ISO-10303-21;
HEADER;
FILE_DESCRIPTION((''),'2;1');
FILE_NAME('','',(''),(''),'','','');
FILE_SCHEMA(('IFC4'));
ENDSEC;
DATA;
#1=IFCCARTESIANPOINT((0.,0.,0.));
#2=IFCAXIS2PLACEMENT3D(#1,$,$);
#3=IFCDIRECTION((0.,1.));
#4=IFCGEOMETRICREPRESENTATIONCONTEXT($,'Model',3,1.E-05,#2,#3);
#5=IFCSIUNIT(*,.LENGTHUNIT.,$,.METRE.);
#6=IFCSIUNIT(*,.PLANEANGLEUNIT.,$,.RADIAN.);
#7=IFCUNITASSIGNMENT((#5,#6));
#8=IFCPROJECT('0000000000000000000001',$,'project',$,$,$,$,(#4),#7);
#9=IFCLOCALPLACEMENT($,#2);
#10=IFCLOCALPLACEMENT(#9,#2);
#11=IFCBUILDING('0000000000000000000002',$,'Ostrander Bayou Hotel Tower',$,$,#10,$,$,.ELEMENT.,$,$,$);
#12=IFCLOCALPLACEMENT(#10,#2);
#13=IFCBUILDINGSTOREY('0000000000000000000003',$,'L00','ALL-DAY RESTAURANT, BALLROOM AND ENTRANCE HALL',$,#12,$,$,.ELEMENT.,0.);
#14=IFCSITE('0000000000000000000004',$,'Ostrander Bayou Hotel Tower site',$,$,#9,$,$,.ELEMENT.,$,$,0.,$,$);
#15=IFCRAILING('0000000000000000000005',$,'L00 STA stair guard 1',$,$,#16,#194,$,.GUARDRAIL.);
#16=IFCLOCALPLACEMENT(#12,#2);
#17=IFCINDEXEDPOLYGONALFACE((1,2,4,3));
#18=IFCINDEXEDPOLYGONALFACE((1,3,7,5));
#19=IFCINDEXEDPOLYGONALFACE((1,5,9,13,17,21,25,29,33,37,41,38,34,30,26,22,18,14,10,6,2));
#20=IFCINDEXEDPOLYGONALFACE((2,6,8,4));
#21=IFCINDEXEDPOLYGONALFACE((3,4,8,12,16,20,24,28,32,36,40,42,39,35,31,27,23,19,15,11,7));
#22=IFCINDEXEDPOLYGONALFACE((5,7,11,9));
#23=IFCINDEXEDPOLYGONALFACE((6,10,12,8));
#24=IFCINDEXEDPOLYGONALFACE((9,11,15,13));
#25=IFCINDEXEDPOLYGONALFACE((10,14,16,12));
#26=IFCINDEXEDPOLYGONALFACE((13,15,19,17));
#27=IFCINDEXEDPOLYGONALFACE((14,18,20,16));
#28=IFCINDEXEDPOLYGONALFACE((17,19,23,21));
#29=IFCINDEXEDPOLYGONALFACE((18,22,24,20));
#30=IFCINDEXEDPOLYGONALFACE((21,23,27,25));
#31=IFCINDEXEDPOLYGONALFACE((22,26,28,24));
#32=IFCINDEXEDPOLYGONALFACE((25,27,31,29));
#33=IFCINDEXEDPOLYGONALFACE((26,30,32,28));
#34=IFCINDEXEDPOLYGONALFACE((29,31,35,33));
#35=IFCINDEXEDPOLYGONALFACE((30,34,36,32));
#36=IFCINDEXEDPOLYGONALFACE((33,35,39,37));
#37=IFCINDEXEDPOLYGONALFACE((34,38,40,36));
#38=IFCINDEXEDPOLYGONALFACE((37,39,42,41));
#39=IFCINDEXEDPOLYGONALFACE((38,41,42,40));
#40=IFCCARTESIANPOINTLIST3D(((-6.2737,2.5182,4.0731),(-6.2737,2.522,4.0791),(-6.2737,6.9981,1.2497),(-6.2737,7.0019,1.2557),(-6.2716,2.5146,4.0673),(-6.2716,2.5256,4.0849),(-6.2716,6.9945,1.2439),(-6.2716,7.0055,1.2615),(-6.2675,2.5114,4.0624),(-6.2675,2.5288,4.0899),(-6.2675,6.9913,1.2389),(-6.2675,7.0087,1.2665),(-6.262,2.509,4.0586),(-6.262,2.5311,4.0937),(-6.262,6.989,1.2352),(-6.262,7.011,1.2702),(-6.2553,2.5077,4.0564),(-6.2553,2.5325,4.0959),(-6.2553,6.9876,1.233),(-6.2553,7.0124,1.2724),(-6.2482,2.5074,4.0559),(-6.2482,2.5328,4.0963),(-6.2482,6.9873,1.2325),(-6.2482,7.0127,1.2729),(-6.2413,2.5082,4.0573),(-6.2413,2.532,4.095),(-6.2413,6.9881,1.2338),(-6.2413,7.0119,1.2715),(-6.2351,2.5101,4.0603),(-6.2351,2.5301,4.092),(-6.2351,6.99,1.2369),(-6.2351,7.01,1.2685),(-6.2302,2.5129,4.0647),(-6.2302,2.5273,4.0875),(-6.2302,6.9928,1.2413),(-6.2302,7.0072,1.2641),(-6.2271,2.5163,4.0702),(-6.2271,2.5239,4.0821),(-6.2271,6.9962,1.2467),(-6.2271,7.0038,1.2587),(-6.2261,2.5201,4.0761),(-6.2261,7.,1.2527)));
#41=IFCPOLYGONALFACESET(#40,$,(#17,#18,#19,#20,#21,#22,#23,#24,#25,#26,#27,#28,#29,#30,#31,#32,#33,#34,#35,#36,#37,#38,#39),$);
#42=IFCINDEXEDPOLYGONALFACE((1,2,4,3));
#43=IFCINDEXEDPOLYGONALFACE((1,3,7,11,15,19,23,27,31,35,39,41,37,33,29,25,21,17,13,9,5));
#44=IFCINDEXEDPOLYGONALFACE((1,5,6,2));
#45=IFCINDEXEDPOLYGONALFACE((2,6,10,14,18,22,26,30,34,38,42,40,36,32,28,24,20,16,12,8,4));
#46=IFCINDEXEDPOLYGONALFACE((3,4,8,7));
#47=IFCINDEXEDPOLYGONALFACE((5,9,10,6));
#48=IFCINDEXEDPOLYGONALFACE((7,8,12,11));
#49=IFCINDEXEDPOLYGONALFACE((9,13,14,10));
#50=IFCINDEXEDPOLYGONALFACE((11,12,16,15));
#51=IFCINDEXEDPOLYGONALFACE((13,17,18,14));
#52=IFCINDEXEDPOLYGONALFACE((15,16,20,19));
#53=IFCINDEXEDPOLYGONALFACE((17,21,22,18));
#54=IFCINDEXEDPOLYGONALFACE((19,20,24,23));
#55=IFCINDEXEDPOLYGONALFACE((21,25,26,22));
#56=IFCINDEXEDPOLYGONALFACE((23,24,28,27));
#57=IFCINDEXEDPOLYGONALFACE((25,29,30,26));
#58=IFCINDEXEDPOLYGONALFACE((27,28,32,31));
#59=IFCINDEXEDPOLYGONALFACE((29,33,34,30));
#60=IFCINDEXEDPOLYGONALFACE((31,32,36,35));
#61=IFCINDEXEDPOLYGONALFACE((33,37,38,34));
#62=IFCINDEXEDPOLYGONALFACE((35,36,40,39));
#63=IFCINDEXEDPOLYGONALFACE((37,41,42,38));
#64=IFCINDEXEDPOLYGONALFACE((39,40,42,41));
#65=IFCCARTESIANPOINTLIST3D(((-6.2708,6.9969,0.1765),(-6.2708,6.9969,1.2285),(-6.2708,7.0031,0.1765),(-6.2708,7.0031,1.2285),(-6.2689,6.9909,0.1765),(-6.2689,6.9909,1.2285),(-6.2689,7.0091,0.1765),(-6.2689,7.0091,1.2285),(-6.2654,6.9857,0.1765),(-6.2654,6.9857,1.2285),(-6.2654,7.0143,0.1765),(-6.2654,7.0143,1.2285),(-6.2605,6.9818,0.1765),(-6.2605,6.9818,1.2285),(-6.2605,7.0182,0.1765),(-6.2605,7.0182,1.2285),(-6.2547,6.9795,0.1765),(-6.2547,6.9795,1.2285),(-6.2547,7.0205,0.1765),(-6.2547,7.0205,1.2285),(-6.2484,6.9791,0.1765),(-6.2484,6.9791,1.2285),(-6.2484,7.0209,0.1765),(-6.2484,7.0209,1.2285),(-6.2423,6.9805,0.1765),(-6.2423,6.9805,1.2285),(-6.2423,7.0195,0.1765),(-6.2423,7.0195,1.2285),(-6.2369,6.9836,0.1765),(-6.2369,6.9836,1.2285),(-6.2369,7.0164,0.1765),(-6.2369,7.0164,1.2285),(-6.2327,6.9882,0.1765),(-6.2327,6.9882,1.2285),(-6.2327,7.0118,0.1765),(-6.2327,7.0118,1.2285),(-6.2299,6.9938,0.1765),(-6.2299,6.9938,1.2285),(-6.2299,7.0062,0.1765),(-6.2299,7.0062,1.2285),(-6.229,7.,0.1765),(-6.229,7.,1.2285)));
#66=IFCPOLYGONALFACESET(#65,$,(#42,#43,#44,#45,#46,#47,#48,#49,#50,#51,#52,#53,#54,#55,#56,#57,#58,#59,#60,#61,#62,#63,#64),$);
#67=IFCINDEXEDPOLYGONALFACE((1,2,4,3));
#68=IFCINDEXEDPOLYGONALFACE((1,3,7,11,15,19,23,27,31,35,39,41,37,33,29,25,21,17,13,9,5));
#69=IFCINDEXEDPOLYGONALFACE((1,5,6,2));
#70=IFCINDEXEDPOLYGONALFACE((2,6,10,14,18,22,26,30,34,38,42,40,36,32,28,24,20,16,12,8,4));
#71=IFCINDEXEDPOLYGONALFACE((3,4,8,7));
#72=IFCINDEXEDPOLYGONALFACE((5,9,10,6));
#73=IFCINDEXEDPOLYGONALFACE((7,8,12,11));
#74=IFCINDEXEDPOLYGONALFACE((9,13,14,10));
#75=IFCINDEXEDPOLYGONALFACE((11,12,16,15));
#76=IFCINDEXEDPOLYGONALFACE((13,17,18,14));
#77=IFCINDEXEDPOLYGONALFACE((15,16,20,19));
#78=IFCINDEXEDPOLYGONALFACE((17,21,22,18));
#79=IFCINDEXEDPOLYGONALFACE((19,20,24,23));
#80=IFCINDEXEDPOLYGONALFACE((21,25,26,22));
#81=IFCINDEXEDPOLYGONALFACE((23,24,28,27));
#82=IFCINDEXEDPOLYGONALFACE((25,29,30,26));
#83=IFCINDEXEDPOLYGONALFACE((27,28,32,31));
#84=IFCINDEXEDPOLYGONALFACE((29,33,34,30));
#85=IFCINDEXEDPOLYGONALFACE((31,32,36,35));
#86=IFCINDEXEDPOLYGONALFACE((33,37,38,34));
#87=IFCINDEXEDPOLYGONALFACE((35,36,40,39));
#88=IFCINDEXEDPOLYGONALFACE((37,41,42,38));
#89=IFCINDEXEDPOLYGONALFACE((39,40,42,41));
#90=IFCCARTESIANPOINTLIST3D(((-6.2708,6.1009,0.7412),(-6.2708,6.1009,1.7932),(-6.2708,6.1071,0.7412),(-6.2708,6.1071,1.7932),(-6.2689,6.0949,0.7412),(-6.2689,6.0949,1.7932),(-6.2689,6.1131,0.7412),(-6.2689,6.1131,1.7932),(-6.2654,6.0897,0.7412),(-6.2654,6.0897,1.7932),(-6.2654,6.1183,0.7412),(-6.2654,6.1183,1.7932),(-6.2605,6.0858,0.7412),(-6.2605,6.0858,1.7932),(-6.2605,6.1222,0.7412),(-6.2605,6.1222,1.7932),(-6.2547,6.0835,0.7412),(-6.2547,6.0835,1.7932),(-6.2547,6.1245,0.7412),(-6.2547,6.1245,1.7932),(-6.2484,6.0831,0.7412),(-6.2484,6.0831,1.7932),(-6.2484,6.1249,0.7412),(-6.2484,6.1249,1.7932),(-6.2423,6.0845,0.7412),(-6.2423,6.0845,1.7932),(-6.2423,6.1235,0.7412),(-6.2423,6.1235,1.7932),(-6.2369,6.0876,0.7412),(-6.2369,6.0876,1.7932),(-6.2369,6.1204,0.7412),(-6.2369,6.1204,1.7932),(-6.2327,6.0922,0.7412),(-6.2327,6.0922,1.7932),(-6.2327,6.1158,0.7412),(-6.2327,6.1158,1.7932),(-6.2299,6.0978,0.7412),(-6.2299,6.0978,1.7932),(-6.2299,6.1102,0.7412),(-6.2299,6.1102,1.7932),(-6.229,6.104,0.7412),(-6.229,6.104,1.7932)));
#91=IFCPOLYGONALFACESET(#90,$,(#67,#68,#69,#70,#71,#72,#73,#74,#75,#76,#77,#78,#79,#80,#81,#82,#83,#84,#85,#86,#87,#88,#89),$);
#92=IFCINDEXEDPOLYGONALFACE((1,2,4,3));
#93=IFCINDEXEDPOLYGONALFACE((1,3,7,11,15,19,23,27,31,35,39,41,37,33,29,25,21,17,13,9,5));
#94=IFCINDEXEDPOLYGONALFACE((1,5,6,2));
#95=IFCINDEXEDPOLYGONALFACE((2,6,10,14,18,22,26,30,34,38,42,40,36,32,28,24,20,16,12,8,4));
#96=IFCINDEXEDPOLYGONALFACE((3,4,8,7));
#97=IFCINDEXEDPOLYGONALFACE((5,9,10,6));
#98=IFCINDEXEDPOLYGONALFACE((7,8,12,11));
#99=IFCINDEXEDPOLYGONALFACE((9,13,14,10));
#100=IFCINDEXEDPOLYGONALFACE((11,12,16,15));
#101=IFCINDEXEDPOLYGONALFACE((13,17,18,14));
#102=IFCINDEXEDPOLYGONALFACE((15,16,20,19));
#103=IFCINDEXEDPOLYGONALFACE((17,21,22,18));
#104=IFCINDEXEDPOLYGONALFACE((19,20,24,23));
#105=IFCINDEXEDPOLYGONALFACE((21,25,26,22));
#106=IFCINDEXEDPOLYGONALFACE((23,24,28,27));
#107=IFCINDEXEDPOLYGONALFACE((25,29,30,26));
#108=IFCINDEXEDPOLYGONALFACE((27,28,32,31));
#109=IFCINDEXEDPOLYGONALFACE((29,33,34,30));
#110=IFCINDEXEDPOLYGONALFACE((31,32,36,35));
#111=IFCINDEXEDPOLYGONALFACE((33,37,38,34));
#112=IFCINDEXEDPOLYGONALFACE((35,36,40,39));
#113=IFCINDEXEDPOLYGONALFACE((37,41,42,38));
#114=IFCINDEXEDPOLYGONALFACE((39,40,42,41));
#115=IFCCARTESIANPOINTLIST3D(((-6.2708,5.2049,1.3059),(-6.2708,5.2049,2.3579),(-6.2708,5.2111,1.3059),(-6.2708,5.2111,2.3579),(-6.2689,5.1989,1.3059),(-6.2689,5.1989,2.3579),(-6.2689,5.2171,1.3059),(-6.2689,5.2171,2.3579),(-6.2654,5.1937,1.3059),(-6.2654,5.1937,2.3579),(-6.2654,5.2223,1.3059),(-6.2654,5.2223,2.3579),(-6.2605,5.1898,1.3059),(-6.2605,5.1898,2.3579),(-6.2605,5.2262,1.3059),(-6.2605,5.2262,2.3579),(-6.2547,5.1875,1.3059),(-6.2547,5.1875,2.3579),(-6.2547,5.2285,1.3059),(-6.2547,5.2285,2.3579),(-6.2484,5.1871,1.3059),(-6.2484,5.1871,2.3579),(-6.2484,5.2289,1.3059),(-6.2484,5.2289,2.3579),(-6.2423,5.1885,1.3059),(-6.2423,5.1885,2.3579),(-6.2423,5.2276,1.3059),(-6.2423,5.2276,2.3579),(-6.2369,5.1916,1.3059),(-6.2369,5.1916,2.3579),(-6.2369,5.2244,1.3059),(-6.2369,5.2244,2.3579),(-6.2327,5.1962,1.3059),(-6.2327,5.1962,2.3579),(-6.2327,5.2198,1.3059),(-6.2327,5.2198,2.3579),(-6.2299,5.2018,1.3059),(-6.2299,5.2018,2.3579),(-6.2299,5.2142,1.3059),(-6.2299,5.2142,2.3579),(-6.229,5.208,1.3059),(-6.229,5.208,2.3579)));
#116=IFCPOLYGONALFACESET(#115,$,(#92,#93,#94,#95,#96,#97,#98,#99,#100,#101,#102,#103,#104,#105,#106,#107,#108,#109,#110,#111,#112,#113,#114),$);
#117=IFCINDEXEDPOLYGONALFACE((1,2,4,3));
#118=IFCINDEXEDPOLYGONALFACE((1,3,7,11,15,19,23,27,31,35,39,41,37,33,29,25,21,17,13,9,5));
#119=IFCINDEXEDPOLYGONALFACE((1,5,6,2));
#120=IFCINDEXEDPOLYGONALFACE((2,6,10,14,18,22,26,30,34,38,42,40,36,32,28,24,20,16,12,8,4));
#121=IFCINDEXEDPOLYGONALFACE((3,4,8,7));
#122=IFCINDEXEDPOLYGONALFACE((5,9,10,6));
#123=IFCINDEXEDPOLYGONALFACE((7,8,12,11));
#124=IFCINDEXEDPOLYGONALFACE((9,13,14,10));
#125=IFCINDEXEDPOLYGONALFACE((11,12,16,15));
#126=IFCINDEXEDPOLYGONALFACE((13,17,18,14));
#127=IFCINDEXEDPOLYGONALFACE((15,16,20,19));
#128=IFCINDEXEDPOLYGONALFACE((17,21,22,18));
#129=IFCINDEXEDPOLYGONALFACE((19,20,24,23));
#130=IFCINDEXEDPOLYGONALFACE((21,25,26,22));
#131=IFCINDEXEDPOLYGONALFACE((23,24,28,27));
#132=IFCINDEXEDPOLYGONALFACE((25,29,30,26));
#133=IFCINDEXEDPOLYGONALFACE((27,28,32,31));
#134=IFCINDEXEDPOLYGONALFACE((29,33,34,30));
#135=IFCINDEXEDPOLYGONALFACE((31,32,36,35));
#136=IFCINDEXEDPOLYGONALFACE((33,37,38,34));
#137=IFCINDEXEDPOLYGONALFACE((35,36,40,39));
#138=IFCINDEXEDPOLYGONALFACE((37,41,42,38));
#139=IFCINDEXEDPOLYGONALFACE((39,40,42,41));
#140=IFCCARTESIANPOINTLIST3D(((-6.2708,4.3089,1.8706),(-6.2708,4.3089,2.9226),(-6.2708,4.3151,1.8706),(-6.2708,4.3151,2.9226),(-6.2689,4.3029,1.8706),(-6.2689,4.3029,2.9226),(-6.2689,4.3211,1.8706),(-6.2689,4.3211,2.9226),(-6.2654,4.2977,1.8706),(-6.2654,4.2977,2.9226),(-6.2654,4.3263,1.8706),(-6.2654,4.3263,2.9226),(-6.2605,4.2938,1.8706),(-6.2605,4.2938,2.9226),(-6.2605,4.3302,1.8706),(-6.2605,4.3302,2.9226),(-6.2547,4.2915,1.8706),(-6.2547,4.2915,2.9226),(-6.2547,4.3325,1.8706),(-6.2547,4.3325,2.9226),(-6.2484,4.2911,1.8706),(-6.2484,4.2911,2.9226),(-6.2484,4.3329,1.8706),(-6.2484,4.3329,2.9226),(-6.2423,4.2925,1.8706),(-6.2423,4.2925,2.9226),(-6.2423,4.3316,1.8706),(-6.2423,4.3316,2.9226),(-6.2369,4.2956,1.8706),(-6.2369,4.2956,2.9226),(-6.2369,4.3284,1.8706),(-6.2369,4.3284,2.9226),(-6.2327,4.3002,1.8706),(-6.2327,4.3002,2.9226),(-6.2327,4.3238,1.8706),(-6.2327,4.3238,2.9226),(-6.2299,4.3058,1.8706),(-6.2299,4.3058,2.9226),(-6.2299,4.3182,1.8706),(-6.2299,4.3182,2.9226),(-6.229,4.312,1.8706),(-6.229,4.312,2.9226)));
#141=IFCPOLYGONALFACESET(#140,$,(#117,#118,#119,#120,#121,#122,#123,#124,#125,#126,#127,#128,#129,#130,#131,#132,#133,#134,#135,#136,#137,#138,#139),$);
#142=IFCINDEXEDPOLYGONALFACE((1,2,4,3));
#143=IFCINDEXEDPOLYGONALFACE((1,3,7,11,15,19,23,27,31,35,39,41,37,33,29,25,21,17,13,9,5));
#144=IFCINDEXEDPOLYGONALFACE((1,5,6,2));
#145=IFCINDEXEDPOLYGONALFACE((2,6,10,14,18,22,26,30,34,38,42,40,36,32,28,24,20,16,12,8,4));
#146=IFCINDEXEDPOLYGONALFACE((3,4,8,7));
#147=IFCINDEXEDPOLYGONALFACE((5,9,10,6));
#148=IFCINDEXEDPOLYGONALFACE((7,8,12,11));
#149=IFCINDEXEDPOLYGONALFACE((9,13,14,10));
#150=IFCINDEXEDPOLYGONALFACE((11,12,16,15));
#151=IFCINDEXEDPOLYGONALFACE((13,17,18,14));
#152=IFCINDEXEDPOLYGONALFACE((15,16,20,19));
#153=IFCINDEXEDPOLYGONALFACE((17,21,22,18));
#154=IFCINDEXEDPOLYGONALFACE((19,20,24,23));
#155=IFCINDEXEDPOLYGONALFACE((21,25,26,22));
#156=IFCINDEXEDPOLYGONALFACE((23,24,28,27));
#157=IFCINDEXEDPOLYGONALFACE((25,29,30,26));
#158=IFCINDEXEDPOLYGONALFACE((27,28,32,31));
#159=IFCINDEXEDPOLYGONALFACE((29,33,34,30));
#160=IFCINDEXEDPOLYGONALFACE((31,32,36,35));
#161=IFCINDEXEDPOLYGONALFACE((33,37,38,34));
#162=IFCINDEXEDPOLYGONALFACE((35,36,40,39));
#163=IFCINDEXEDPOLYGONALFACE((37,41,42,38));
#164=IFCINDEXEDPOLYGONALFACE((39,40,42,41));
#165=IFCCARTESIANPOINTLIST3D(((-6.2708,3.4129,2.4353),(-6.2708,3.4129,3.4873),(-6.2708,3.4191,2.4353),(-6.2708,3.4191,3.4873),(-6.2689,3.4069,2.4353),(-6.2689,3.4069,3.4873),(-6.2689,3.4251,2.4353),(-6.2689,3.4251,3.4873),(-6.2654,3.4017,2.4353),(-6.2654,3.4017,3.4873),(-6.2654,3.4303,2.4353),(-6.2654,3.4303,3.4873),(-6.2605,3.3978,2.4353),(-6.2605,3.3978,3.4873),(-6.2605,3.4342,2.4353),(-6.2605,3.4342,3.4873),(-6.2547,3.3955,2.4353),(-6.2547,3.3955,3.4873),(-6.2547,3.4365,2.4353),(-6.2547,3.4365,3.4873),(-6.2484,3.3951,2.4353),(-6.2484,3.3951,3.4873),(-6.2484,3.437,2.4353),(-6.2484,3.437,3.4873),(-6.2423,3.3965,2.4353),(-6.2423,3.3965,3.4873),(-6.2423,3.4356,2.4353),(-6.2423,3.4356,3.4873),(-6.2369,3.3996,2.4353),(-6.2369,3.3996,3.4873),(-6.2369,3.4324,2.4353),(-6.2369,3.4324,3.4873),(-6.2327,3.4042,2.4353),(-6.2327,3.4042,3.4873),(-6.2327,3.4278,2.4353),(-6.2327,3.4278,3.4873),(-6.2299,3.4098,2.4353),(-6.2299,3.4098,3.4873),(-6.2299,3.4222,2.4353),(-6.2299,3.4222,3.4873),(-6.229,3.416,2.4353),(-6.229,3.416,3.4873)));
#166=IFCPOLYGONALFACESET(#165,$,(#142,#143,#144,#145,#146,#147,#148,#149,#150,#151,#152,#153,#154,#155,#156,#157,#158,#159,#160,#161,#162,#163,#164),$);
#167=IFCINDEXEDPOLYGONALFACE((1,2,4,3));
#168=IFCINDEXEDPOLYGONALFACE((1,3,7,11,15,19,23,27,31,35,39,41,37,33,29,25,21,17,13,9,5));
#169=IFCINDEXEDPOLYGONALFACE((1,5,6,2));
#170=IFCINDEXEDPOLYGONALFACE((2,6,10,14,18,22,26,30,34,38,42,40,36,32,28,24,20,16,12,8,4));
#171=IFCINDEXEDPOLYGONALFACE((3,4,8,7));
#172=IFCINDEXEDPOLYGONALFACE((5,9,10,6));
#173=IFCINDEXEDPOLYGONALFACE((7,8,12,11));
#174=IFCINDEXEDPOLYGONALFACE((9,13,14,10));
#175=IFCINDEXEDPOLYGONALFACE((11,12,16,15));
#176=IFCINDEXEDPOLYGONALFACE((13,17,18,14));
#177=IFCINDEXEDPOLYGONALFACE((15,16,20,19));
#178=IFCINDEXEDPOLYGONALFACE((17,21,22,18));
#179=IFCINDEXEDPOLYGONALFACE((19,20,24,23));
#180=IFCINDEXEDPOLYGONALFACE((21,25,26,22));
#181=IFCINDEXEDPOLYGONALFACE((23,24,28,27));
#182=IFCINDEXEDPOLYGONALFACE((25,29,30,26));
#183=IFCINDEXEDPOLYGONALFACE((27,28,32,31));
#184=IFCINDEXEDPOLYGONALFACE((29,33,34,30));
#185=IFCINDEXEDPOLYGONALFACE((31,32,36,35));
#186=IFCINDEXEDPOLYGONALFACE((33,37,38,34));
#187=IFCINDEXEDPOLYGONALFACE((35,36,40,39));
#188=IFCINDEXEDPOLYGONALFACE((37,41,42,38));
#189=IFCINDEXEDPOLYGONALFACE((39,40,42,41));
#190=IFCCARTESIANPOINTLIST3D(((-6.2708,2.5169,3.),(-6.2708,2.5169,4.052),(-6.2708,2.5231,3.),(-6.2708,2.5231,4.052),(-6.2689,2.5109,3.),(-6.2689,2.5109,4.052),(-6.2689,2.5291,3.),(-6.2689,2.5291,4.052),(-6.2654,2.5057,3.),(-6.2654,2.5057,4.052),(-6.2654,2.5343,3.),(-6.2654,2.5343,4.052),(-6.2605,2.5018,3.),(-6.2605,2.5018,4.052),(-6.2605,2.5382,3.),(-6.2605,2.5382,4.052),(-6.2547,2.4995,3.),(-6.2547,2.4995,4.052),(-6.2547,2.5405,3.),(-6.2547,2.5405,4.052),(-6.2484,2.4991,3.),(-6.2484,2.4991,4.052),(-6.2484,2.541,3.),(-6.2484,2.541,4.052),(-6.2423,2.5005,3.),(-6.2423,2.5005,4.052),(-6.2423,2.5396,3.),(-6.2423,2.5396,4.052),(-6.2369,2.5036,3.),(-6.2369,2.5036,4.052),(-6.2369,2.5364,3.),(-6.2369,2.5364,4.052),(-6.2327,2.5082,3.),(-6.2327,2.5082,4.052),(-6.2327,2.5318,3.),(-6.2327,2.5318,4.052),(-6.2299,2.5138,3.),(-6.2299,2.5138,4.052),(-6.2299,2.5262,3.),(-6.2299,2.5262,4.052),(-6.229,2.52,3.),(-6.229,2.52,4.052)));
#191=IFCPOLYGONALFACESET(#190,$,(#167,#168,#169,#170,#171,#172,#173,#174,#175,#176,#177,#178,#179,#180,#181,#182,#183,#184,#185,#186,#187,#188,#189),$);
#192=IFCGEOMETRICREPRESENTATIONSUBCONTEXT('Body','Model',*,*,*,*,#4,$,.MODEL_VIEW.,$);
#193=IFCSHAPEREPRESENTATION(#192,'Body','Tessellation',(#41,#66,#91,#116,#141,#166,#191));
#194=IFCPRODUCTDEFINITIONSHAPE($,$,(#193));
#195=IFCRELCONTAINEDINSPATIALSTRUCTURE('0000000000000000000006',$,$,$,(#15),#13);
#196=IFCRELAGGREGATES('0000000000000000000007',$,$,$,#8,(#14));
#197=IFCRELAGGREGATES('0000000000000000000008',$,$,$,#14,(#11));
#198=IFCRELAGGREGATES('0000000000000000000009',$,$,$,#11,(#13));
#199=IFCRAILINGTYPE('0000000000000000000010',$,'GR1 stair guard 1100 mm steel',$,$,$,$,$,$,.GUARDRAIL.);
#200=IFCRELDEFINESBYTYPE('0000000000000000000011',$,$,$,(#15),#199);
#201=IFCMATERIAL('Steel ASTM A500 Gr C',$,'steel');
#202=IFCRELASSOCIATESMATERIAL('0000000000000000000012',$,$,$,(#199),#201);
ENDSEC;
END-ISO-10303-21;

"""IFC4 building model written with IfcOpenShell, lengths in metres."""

from ifc_helpers import new_model, si_unit, direction, frame, origin, origin_2d, place, context, subcontext, project, spatial, circle, extrude, material, type_object, element, save


model = new_model("IFC4")

# Units and contexts
model_context = context("Model", 3, precision=1e-05, world=origin(), true_north=direction((0.0, 1.0)))
body_context = subcontext(model_context, "Body", "Model", "MODEL_VIEW")
ifc_project = project(units=[si_unit("LENGTHUNIT", "METRE"), si_unit("PLANEANGLEUNIT", "RADIAN")], contexts=[model_context])

# Site, building, storey
site_placement = place(None, origin())
site = spatial("IfcSite", under=ifc_project, at=site_placement, Name="Ostrander Bayou Hotel Tower site", CompositionType="ELEMENT", RefElevation=0.0)
building_placement = place(site_placement, origin())
building = spatial("IfcBuilding", under=site, at=building_placement, Name="Ostrander Bayou Hotel Tower", CompositionType="ELEMENT")
storey_placement = place(building_placement, origin())
storey = spatial("IfcBuildingStorey", under=building, at=storey_placement, Name="L00", Description="ALL-DAY RESTAURANT, BALLROOM AND ENTRANCE HALL", CompositionType="ELEMENT", Elevation=0.0)

# Railing
ifc_material_1 = material(Name="Steel ASTM A500 Gr C", Category="steel")
railing_type_1 = type_object("IfcRailingType", Name="GR1 stair guard 1100 mm steel", PredefinedType="GUARDRAIL", material=ifc_material_1)
railing_1_placement = place(storey_placement, frame((-6.25, 7.0, 0.1765)))
element("IfcRailing", 1, at=railing_1_placement, inside=storey, type_object=railing_type_1, Name="L00 STA stair guard 1", PredefinedType="GUARDRAIL", context=body_context, shape_type="SweptSolid", body=[
    extrude(circle(Radius=0.0239, at=origin_2d()), frame((0.0, 0.0, 1.0762), z_axis=(0.0, -0.845998, 0.533186), x_axis=(1.0, 0.0, 0.0)), (0.0, 0.0, 1.0), 5.2954),
    extrude(circle(Radius=0.021, at=origin_2d()), origin(), (0.0, 0.0, 1.0), 1.052),
    extrude(circle(Radius=0.021, at=origin_2d()), frame((0.0, -0.896, 0.5647)), (0.0, 0.0, 1.0), 1.052),
    extrude(circle(Radius=0.021, at=origin_2d()), frame((0.0, -1.792, 1.1294)), (0.0, 0.0, 1.0), 1.052),
    extrude(circle(Radius=0.021, at=origin_2d()), frame((0.0, -2.688, 1.6941)), (0.0, 0.0, 1.0), 1.052),
    extrude(circle(Radius=0.021, at=origin_2d()), frame((0.0, -3.584, 2.2588)), (0.0, 0.0, 1.0), 1.052),
    extrude(circle(Radius=0.021, at=origin_2d()), frame((0.0, -4.48, 2.8235)), (0.0, 0.0, 1.0), 1.052),
])

save(model, "model.ifc")
